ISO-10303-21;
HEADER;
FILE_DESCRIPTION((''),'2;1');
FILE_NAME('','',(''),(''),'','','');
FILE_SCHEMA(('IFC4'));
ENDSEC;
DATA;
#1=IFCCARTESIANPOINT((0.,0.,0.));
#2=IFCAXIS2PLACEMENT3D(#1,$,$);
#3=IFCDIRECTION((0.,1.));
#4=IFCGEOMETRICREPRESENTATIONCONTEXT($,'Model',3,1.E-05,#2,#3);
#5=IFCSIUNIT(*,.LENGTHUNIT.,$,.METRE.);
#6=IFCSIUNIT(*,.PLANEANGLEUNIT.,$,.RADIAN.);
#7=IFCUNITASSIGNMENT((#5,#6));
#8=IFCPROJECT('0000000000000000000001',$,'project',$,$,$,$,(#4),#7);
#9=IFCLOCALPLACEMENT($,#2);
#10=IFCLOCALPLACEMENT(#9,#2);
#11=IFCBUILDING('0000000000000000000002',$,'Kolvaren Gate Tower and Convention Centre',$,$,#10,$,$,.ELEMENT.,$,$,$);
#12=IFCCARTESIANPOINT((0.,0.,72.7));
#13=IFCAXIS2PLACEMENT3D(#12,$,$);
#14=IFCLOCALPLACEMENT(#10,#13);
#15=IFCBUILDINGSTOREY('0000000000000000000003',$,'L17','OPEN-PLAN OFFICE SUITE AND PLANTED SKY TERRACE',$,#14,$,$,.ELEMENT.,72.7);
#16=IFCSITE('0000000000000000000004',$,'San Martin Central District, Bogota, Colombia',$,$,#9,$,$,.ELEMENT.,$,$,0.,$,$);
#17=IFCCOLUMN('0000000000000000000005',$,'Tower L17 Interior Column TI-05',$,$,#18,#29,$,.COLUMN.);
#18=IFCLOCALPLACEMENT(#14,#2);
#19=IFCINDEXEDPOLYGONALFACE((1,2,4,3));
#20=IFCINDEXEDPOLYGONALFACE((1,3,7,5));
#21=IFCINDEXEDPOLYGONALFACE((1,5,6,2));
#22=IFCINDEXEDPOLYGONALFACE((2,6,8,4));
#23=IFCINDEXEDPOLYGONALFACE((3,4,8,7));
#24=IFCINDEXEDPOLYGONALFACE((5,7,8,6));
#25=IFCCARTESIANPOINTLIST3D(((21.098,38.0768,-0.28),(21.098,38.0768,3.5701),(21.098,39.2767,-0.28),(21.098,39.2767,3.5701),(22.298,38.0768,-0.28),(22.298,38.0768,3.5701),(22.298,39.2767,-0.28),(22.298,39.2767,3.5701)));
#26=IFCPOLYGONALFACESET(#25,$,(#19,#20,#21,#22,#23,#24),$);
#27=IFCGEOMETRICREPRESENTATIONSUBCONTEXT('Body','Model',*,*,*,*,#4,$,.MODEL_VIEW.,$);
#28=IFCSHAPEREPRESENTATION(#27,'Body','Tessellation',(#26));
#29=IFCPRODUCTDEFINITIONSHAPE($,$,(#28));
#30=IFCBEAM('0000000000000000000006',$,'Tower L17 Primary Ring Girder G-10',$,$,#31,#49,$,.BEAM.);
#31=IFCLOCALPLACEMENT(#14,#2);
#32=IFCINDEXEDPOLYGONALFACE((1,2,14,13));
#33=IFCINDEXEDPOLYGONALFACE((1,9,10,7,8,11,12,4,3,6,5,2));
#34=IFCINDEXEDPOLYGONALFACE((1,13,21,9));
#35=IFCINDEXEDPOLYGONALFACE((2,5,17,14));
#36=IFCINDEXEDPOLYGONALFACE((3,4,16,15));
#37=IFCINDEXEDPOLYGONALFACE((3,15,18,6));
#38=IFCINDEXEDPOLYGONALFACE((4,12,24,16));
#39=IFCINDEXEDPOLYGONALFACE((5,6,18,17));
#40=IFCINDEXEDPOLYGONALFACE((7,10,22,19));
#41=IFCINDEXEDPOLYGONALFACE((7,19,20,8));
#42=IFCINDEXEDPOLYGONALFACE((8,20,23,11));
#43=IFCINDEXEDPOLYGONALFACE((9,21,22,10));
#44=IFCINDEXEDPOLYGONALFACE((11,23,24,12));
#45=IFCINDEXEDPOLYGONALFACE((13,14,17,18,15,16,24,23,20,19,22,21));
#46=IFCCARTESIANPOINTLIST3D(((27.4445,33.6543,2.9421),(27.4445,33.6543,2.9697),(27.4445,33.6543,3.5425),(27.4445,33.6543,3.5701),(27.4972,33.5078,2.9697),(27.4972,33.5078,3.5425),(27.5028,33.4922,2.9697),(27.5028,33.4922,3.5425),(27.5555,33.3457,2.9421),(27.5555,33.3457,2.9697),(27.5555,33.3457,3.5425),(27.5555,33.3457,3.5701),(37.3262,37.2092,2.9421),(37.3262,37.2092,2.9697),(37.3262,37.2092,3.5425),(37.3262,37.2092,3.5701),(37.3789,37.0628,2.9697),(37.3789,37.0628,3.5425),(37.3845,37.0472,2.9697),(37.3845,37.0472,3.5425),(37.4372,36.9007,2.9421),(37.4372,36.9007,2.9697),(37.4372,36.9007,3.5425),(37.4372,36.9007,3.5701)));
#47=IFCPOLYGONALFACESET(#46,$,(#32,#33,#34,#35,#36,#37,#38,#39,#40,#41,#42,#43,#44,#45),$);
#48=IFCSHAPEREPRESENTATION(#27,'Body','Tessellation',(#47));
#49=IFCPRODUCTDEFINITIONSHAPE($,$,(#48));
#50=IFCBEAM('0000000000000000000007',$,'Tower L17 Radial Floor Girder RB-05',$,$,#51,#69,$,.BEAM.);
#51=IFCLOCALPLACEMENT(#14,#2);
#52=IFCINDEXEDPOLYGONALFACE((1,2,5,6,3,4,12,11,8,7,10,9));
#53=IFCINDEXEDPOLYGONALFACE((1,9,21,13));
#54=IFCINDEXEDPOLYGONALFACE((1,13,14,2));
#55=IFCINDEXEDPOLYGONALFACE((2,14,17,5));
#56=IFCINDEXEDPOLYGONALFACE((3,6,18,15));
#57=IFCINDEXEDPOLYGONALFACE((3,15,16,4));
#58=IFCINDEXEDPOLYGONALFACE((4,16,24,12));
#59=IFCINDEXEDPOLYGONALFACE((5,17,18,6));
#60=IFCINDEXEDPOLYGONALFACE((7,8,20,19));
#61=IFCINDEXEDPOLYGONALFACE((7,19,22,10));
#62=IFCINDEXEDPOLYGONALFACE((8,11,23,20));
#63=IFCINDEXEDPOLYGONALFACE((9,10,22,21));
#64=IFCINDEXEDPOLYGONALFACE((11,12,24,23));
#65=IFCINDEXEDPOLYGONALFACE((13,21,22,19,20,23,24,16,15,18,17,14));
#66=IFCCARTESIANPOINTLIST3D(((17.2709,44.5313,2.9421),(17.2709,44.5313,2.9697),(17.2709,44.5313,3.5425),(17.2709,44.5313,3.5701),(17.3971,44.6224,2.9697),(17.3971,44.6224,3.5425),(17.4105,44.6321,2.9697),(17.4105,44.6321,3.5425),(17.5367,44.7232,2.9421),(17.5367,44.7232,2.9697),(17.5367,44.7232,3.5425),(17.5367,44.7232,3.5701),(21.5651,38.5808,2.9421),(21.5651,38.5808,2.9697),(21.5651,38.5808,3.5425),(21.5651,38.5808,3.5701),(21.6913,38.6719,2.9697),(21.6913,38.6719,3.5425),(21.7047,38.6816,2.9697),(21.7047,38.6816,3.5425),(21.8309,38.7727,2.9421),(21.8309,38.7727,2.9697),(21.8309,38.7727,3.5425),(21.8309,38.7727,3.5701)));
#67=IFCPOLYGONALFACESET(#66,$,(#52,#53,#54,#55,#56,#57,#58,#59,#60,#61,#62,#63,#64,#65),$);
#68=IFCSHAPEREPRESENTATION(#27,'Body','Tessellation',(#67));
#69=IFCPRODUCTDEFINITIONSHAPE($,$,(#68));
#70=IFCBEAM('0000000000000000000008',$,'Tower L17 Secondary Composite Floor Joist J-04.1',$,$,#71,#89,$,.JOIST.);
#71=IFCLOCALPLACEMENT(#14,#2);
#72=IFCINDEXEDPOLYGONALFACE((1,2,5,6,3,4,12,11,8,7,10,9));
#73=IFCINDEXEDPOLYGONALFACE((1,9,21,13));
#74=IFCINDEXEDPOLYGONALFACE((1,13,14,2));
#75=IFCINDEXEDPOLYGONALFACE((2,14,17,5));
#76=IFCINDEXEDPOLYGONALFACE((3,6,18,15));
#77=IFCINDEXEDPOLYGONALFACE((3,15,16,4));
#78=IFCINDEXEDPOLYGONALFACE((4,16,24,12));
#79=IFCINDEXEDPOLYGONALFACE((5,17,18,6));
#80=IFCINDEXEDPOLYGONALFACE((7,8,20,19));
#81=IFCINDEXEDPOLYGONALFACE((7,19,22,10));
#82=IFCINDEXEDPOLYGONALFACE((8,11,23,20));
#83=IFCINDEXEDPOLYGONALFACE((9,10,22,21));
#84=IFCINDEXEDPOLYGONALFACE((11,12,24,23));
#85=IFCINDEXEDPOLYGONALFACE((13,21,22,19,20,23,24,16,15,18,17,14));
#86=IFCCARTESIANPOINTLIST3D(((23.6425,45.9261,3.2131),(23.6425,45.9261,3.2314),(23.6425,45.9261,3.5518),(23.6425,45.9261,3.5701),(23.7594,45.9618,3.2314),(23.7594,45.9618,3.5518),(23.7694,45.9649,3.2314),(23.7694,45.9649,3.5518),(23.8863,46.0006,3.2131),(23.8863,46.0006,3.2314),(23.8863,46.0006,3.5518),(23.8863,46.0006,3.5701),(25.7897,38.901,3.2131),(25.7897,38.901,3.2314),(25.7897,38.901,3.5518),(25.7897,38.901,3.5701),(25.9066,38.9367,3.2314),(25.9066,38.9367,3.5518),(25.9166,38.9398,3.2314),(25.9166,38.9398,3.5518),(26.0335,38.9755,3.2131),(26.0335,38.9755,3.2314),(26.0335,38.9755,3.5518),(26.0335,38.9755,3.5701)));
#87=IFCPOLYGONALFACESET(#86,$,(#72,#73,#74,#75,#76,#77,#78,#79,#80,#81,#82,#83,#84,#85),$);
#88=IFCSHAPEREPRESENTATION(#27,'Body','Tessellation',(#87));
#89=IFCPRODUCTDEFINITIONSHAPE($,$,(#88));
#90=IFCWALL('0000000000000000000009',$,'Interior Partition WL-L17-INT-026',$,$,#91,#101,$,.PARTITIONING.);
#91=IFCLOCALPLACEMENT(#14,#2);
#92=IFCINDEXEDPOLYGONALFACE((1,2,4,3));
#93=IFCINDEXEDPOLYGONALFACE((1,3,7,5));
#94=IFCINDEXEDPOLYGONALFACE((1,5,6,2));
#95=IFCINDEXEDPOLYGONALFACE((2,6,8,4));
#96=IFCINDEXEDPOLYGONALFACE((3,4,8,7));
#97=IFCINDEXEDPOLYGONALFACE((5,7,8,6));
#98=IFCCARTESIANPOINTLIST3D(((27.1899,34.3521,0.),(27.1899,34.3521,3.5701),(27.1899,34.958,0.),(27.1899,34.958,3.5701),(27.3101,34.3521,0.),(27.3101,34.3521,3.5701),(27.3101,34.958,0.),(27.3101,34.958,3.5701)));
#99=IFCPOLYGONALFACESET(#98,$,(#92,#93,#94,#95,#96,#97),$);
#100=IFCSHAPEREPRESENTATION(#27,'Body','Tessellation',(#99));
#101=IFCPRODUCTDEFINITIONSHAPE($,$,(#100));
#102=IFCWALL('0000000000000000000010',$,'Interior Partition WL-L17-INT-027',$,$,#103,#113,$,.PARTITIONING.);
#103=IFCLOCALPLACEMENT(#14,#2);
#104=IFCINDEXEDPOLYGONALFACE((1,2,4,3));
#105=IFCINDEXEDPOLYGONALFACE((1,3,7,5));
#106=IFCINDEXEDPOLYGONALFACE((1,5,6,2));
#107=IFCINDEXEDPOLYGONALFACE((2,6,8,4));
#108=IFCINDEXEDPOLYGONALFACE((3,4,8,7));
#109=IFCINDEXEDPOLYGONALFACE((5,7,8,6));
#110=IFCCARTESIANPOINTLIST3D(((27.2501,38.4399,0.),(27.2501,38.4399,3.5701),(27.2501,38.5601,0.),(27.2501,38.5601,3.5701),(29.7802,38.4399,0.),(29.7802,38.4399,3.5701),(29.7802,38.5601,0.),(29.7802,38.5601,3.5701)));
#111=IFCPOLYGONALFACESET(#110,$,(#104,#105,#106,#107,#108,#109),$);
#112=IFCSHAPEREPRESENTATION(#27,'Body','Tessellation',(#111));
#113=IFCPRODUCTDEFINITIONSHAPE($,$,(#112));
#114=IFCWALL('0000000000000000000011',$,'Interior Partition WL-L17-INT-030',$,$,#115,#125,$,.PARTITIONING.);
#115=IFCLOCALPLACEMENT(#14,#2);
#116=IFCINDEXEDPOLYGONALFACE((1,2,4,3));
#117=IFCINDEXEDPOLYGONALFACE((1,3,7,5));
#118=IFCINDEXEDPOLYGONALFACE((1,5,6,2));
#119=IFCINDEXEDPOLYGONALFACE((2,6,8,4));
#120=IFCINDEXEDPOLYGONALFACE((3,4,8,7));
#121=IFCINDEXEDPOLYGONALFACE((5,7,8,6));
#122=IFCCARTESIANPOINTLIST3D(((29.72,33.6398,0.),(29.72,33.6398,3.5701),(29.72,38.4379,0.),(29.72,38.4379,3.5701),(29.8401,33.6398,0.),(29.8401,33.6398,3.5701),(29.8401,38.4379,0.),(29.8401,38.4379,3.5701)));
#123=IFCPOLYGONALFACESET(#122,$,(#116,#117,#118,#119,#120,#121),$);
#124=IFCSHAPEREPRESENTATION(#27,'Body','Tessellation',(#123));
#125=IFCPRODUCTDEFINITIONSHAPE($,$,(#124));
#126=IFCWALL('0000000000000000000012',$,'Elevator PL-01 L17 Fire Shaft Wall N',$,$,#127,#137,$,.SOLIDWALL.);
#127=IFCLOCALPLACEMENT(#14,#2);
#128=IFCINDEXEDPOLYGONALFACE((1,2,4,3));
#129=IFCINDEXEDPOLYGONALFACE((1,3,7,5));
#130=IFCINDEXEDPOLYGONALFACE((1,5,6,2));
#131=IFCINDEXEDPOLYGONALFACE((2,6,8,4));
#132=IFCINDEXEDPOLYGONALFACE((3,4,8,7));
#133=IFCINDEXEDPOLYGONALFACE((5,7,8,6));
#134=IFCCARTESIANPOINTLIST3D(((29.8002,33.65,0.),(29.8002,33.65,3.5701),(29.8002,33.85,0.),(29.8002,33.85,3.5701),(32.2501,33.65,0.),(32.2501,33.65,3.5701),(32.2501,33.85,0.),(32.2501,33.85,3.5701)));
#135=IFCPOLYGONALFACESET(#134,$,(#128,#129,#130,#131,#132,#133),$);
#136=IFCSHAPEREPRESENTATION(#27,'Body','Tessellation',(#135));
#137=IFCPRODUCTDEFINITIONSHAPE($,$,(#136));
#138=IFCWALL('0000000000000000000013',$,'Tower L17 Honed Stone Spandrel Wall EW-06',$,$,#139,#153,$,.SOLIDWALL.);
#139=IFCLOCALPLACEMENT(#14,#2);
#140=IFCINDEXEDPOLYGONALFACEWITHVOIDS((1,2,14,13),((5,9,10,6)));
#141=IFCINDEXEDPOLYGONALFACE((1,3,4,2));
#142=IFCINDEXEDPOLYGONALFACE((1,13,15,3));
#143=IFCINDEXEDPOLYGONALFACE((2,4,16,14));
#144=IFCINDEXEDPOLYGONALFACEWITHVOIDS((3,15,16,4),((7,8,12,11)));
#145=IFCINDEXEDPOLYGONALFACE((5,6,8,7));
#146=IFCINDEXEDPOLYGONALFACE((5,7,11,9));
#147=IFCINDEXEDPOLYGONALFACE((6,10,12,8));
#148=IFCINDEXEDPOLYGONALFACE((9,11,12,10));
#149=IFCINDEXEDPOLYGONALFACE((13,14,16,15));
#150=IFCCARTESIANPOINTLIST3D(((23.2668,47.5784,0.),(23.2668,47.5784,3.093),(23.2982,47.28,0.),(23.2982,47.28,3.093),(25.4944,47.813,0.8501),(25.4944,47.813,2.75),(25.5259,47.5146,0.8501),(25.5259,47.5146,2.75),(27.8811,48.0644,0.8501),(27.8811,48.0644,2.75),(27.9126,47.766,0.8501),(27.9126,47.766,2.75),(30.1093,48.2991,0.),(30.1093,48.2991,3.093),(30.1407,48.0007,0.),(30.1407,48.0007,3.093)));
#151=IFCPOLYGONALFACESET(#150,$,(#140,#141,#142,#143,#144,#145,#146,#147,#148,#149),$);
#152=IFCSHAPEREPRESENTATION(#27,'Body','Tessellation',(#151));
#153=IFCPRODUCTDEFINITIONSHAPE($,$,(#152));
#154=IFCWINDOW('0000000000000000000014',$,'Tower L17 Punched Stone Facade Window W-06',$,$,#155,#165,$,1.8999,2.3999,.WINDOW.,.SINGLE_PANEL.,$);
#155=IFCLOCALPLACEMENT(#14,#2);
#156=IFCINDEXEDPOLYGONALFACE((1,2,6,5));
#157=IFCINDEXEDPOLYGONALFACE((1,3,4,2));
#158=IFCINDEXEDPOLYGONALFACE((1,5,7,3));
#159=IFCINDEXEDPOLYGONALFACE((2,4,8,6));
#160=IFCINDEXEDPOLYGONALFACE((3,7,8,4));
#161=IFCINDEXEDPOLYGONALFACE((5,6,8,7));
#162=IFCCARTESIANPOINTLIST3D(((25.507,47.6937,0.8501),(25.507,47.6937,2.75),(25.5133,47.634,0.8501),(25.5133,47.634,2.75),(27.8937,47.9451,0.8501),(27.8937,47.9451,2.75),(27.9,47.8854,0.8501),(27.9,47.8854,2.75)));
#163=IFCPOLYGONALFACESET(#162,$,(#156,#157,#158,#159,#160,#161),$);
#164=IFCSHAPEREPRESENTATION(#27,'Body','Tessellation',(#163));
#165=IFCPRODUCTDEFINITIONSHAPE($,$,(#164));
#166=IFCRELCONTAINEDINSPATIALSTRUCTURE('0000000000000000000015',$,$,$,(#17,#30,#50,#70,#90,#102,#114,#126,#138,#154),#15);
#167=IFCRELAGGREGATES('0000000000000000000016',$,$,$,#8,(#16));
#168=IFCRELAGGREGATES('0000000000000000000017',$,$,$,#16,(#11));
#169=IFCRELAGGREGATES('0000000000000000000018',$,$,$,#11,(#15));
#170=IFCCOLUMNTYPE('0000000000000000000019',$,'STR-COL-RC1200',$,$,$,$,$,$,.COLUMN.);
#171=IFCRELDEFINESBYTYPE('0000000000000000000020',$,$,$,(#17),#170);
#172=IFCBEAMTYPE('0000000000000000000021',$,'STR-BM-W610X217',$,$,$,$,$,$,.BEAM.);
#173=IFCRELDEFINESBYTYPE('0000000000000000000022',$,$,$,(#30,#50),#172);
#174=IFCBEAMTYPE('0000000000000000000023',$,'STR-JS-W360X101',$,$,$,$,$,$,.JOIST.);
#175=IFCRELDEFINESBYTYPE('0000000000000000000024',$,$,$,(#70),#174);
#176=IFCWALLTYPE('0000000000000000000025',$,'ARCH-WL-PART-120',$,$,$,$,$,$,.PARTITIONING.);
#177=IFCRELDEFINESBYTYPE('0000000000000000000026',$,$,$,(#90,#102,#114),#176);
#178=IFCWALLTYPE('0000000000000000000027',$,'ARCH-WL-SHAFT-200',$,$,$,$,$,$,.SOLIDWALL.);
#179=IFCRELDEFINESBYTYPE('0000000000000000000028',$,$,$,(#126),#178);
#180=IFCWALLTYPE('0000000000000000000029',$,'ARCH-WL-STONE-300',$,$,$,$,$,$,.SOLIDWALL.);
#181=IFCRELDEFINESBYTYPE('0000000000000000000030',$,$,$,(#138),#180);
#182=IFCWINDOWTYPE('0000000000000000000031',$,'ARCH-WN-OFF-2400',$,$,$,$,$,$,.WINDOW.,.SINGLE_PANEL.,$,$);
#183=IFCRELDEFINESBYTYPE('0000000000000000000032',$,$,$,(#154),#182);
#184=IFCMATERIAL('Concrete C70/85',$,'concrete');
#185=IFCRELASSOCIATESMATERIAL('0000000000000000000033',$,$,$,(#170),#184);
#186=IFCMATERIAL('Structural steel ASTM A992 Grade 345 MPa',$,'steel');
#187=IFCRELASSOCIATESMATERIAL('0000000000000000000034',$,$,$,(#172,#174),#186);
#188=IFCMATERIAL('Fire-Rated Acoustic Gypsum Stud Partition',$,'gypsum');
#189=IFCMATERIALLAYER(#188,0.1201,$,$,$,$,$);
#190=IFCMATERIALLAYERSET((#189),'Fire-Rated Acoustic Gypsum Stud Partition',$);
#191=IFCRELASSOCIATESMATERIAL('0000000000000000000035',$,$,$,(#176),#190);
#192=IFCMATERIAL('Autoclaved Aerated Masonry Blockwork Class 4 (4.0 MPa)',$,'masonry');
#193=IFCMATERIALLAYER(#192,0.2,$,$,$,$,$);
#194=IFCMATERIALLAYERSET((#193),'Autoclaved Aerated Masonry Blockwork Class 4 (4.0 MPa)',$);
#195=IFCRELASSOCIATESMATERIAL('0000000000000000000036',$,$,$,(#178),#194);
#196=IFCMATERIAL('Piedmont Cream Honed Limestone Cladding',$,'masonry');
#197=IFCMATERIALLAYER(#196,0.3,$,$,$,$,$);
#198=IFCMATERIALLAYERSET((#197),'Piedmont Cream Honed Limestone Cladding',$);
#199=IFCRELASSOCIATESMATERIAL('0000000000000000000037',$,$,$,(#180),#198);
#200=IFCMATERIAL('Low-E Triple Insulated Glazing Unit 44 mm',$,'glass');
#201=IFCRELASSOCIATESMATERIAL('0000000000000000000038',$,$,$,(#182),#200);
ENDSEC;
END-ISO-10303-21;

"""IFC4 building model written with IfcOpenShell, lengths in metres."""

from ifc_helpers import new_model, si_unit, direction, frame, frame_2d, origin, origin_2d, place, context, subcontext, project, spatial, rectangle, i_section, extrude, material, layer, layer_set, material_profile, profile_set, type_object, element, fill, save


model = new_model("IFC4")

# Units and contexts
model_context = context("Model", 3, precision=1e-05, world=origin(), true_north=direction((0.0, 1.0)))
body_context = subcontext(model_context, "Body", "Model", "MODEL_VIEW")
ifc_project = project(units=[si_unit("LENGTHUNIT", "METRE"), si_unit("PLANEANGLEUNIT", "RADIAN")], contexts=[model_context])

# Site, building, storey
site_placement = place(None, origin())
site = spatial("IfcSite", under=ifc_project, at=site_placement, Name="San Martin Central District, Bogota, Colombia", CompositionType="ELEMENT", RefElevation=0.0)
building_placement = place(site_placement, origin())
building = spatial("IfcBuilding", under=site, at=building_placement, Name="Kolvaren Gate Tower and Convention Centre", CompositionType="ELEMENT")
storey_placement = place(building_placement, frame((0.0, 0.0, 72.7)))
storey = spatial("IfcBuildingStorey", under=building, at=storey_placement, Name="L17", Description="OPEN-PLAN OFFICE SUITE AND PLANTED SKY TERRACE", CompositionType="ELEMENT", Elevation=72.7)

# Column
ifc_material_1 = material(Name="Concrete C70/85", Category="concrete")
ifc_material_profile_1 = material_profile(ifc_material_1, rectangle(XDim=1.2, YDim=1.2, at=origin_2d()), Name="RC-COL-1200X1200")
ifc_profile_set_1 = profile_set([ifc_material_profile_1], Name="Concrete C70/85")
column_type = type_object("IfcColumnType", Name="STR-COL-RC1200", PredefinedType="COLUMN", material=ifc_profile_set_1)
column_placement = place(storey_placement, frame((21.698, 38.6768, -0.28), z_axis=(0.0, 0.0, 1.0), x_axis=(1.0, 0.0, 0.0)))
element("IfcColumn", 1, at=column_placement, inside=storey, type_object=column_type, Name="Tower L17 Interior Column TI-05", PredefinedType="COLUMN", context=body_context, shape_type="SweptSolid", body=[
    extrude(rectangle(XDim=1.2, YDim=1.2, at=origin_2d()), origin(), (0.0, 0.0, 1.0), 3.8501),
])

# Beams
ifc_material_2 = material(Name="Structural steel ASTM A992 Grade 345 MPa", Category="steel")
ifc_material_profile_2 = material_profile(ifc_material_2, i_section(OverallWidth=0.3279, OverallDepth=0.6279, WebThickness=0.0166, FlangeThickness=0.0276, at=origin_2d()), Name="W610X217")
ifc_profile_set_2 = profile_set([ifc_material_profile_2], Name="Structural steel ASTM A992 Grade 345 MPa")
beam_type_1 = type_object("IfcBeamType", Name="STR-BM-W610X217", PredefinedType="BEAM", material=ifc_profile_set_2)
beam_1_placement = place(storey_placement, frame((27.5, 33.5, 3.2561), z_axis=(0.940961, 0.338514, 0.0), x_axis=(-0.338514, 0.940961, 0.0)))
element("IfcBeam", 2, at=beam_1_placement, inside=storey, type_object=beam_type_1, Name="Tower L17 Primary Ring Girder G-10", PredefinedType="BEAM", context=body_context, shape_type="SweptSolid", body=[
    extrude(i_section(OverallWidth=0.3279, OverallDepth=0.6279, WebThickness=0.0166, FlangeThickness=0.0276, at=origin_2d()), origin(), (0.0, 0.0, 1.0), 10.5017),
])
beam_2_placement = place(storey_placement, frame((21.698, 38.6768, 3.2561), z_axis=(-0.58519, 0.810896, 0.0), x_axis=(-0.810896, -0.58519, 0.0)))
element("IfcBeam", 3, at=beam_2_placement, inside=storey, type_object=beam_type_1, Name="Tower L17 Radial Floor Girder RB-05", PredefinedType="BEAM", context=body_context, shape_type="SweptSolid", body=[
    extrude(i_section(OverallWidth=0.3279, OverallDepth=0.6279, WebThickness=0.0166, FlangeThickness=0.0276, at=origin_2d()), origin(), (0.0, 0.0, 1.0), 7.3381),
])
ifc_material_profile_3 = material_profile(ifc_material_2, i_section(OverallWidth=0.2549, OverallDepth=0.3569, WebThickness=0.0105, FlangeThickness=0.0183, at=origin_2d()), Name="W360X101")
ifc_profile_set_3 = profile_set([ifc_material_profile_3], Name="Structural steel ASTM A992 Grade 345 MPa")
beam_type_2 = type_object("IfcBeamType", Name="STR-JS-W360X101", PredefinedType="JOIST", material=ifc_profile_set_3)
beam_3_placement = place(storey_placement, frame((25.9116, 38.9382, 3.3916), z_axis=(-0.292299, 0.956327, 0.0), x_axis=(-0.956327, -0.292299, 0.0)))
element("IfcBeam", 4, at=beam_3_placement, inside=storey, type_object=beam_type_2, Name="Tower L17 Secondary Composite Floor Joist J-04.1", PredefinedType="JOIST", context=body_context, shape_type="SweptSolid", body=[
    extrude(i_section(OverallWidth=0.2549, OverallDepth=0.3569, WebThickness=0.0105, FlangeThickness=0.0183, at=origin_2d()), origin(), (0.0, 0.0, 1.0), 7.3459),
])

# Walls
ifc_material_3 = material(Name="Fire-Rated Acoustic Gypsum Stud Partition", Category="gypsum")
ifc_layer_1 = layer(ifc_material_3, 0.1201)
ifc_layer_set_1 = layer_set([ifc_layer_1], Name="Fire-Rated Acoustic Gypsum Stud Partition")
wall_type_1 = type_object("IfcWallType", Name="ARCH-WL-PART-120", PredefinedType="PARTITIONING", material=ifc_layer_set_1)
wall_1_placement = place(storey_placement, frame((27.25, 34.3521, 0.0), z_axis=(0.0, 0.0, 1.0), x_axis=(0.0, 1.0, 0.0)))
element("IfcWall", 5, at=wall_1_placement, inside=storey, type_object=wall_type_1, Name="Interior Partition WL-L17-INT-026", PredefinedType="PARTITIONING", context=body_context, shape_type="SweptSolid", body=[
    extrude(rectangle(XDim=0.606, YDim=0.1201, at=frame_2d((0.303, 0.0))), origin(), (0.0, 0.0, 1.0), 3.5701),
])
wall_2_placement = place(storey_placement, frame((27.25, 38.5, 0.0), z_axis=(0.0, 0.0, 1.0), x_axis=(1.0, 0.0, 0.0)))
element("IfcWall", 6, at=wall_2_placement, inside=storey, type_object=wall_type_1, Name="Interior Partition WL-L17-INT-027", PredefinedType="PARTITIONING", context=body_context, shape_type="SweptSolid", body=[
    extrude(rectangle(XDim=2.53, YDim=0.1201, at=frame_2d((1.2651, 0.0))), origin(), (0.0, 0.0, 1.0), 3.5701),
])
wall_3_placement = place(storey_placement, frame((29.78, 33.6399, 0.0), z_axis=(0.0, 0.0, 1.0), x_axis=(0.0, 1.0, 0.0)))
element("IfcWall", 7, at=wall_3_placement, inside=storey, type_object=wall_type_1, Name="Interior Partition WL-L17-INT-030", PredefinedType="PARTITIONING", context=body_context, shape_type="SweptSolid", body=[
    extrude(rectangle(XDim=4.7981, YDim=0.1201, at=frame_2d((2.3989, 0.0))), origin(), (0.0, 0.0, 1.0), 3.5701),
])
ifc_material_4 = material(Name="Autoclaved Aerated Masonry Blockwork Class 4 (4.0 MPa)", Category="masonry")
ifc_layer_2 = layer(ifc_material_4, 0.2)
ifc_layer_set_2 = layer_set([ifc_layer_2], Name="Autoclaved Aerated Masonry Blockwork Class 4 (4.0 MPa)")
wall_type_2 = type_object("IfcWallType", Name="ARCH-WL-SHAFT-200", PredefinedType="SOLIDWALL", material=ifc_layer_set_2)
wall_4_placement = place(storey_placement, frame((29.8, 33.75, 0.0), z_axis=(0.0, 0.0, 1.0), x_axis=(1.0, 0.0, 0.0)))
element("IfcWall", 8, at=wall_4_placement, inside=storey, type_object=wall_type_2, Name="Elevator PL-01 L17 Fire Shaft Wall N", PredefinedType="SOLIDWALL", context=body_context, shape_type="SweptSolid", body=[
    extrude(rectangle(XDim=2.45, YDim=0.2, at=frame_2d((1.2251, 0.0))), origin(), (0.0, 0.0, 1.0), 3.5701),
])

# Wall, opening, window
ifc_material_5 = material(Name="Piedmont Cream Honed Limestone Cladding", Category="masonry")
ifc_layer_3 = layer(ifc_material_5, 0.3)
ifc_layer_set_3 = layer_set([ifc_layer_3], Name="Piedmont Cream Honed Limestone Cladding")
wall_type_3 = type_object("IfcWallType", Name="ARCH-WL-STONE-300", PredefinedType="SOLIDWALL", material=ifc_layer_set_3)
wall_5_placement = place(storey_placement, frame((23.2825, 47.4292, 0.0), z_axis=(0.0, 0.0, 1.0), x_axis=(0.994499, 0.104748, 0.0)))
wall_5 = element("IfcWall", 9, at=wall_5_placement, inside=storey, type_object=wall_type_3, Name="Tower L17 Honed Stone Spandrel Wall EW-06", PredefinedType="SOLIDWALL", context=body_context, shape_type="SweptSolid", body=[
    extrude(rectangle(XDim=6.8804, YDim=0.3, at=frame_2d((3.4402, 0.0))), origin(), (0.0, 0.0, 1.0), 3.093),
])
opening_1_placement = place(wall_5_placement, frame((2.24, 0.0, 0.8501)))
opening_1 = element("IfcOpeningElement", 10, at=opening_1_placement, cuts=wall_5, PredefinedType="OPENING", context=body_context, shape_type="SweptSolid", body=[
    extrude(rectangle(XDim=2.3999, YDim=1.8999, at=frame_2d((1.2, 0.95))), frame((0.0, 0.1599, 0.0), z_axis=(0.0, -1.0, 0.0), x_axis=(1.0, 0.0, 0.0)), (0.0, 0.0, 1.0), 0.3201),
])
ifc_material_6 = material(Name="Low-E Triple Insulated Glazing Unit 44 mm", Category="glass")
window_type = type_object("IfcWindowType", Name="ARCH-WN-OFF-2400", PartitioningType="SINGLE_PANEL", PredefinedType="WINDOW", material=ifc_material_6)
window_placement = place(opening_1_placement, origin())
window = element("IfcWindow", 11, at=window_placement, inside=storey, type_object=window_type, Name="Tower L17 Punched Stone Facade Window W-06", OverallHeight=1.8999, OverallWidth=2.3999, PartitioningType="SINGLE_PANEL", PredefinedType="WINDOW", context=body_context, shape_type="SweptSolid", body=[
    extrude(rectangle(XDim=2.3999, YDim=1.8999, at=frame_2d((1.2, 0.95))), frame((0.0, 0.03, 0.0), z_axis=(0.0, -1.0, 0.0), x_axis=(1.0, 0.0, 0.0)), (0.0, 0.0, 1.0), 0.0601),
])
fill(opening_1, window)

save(model, "model.ifc")
